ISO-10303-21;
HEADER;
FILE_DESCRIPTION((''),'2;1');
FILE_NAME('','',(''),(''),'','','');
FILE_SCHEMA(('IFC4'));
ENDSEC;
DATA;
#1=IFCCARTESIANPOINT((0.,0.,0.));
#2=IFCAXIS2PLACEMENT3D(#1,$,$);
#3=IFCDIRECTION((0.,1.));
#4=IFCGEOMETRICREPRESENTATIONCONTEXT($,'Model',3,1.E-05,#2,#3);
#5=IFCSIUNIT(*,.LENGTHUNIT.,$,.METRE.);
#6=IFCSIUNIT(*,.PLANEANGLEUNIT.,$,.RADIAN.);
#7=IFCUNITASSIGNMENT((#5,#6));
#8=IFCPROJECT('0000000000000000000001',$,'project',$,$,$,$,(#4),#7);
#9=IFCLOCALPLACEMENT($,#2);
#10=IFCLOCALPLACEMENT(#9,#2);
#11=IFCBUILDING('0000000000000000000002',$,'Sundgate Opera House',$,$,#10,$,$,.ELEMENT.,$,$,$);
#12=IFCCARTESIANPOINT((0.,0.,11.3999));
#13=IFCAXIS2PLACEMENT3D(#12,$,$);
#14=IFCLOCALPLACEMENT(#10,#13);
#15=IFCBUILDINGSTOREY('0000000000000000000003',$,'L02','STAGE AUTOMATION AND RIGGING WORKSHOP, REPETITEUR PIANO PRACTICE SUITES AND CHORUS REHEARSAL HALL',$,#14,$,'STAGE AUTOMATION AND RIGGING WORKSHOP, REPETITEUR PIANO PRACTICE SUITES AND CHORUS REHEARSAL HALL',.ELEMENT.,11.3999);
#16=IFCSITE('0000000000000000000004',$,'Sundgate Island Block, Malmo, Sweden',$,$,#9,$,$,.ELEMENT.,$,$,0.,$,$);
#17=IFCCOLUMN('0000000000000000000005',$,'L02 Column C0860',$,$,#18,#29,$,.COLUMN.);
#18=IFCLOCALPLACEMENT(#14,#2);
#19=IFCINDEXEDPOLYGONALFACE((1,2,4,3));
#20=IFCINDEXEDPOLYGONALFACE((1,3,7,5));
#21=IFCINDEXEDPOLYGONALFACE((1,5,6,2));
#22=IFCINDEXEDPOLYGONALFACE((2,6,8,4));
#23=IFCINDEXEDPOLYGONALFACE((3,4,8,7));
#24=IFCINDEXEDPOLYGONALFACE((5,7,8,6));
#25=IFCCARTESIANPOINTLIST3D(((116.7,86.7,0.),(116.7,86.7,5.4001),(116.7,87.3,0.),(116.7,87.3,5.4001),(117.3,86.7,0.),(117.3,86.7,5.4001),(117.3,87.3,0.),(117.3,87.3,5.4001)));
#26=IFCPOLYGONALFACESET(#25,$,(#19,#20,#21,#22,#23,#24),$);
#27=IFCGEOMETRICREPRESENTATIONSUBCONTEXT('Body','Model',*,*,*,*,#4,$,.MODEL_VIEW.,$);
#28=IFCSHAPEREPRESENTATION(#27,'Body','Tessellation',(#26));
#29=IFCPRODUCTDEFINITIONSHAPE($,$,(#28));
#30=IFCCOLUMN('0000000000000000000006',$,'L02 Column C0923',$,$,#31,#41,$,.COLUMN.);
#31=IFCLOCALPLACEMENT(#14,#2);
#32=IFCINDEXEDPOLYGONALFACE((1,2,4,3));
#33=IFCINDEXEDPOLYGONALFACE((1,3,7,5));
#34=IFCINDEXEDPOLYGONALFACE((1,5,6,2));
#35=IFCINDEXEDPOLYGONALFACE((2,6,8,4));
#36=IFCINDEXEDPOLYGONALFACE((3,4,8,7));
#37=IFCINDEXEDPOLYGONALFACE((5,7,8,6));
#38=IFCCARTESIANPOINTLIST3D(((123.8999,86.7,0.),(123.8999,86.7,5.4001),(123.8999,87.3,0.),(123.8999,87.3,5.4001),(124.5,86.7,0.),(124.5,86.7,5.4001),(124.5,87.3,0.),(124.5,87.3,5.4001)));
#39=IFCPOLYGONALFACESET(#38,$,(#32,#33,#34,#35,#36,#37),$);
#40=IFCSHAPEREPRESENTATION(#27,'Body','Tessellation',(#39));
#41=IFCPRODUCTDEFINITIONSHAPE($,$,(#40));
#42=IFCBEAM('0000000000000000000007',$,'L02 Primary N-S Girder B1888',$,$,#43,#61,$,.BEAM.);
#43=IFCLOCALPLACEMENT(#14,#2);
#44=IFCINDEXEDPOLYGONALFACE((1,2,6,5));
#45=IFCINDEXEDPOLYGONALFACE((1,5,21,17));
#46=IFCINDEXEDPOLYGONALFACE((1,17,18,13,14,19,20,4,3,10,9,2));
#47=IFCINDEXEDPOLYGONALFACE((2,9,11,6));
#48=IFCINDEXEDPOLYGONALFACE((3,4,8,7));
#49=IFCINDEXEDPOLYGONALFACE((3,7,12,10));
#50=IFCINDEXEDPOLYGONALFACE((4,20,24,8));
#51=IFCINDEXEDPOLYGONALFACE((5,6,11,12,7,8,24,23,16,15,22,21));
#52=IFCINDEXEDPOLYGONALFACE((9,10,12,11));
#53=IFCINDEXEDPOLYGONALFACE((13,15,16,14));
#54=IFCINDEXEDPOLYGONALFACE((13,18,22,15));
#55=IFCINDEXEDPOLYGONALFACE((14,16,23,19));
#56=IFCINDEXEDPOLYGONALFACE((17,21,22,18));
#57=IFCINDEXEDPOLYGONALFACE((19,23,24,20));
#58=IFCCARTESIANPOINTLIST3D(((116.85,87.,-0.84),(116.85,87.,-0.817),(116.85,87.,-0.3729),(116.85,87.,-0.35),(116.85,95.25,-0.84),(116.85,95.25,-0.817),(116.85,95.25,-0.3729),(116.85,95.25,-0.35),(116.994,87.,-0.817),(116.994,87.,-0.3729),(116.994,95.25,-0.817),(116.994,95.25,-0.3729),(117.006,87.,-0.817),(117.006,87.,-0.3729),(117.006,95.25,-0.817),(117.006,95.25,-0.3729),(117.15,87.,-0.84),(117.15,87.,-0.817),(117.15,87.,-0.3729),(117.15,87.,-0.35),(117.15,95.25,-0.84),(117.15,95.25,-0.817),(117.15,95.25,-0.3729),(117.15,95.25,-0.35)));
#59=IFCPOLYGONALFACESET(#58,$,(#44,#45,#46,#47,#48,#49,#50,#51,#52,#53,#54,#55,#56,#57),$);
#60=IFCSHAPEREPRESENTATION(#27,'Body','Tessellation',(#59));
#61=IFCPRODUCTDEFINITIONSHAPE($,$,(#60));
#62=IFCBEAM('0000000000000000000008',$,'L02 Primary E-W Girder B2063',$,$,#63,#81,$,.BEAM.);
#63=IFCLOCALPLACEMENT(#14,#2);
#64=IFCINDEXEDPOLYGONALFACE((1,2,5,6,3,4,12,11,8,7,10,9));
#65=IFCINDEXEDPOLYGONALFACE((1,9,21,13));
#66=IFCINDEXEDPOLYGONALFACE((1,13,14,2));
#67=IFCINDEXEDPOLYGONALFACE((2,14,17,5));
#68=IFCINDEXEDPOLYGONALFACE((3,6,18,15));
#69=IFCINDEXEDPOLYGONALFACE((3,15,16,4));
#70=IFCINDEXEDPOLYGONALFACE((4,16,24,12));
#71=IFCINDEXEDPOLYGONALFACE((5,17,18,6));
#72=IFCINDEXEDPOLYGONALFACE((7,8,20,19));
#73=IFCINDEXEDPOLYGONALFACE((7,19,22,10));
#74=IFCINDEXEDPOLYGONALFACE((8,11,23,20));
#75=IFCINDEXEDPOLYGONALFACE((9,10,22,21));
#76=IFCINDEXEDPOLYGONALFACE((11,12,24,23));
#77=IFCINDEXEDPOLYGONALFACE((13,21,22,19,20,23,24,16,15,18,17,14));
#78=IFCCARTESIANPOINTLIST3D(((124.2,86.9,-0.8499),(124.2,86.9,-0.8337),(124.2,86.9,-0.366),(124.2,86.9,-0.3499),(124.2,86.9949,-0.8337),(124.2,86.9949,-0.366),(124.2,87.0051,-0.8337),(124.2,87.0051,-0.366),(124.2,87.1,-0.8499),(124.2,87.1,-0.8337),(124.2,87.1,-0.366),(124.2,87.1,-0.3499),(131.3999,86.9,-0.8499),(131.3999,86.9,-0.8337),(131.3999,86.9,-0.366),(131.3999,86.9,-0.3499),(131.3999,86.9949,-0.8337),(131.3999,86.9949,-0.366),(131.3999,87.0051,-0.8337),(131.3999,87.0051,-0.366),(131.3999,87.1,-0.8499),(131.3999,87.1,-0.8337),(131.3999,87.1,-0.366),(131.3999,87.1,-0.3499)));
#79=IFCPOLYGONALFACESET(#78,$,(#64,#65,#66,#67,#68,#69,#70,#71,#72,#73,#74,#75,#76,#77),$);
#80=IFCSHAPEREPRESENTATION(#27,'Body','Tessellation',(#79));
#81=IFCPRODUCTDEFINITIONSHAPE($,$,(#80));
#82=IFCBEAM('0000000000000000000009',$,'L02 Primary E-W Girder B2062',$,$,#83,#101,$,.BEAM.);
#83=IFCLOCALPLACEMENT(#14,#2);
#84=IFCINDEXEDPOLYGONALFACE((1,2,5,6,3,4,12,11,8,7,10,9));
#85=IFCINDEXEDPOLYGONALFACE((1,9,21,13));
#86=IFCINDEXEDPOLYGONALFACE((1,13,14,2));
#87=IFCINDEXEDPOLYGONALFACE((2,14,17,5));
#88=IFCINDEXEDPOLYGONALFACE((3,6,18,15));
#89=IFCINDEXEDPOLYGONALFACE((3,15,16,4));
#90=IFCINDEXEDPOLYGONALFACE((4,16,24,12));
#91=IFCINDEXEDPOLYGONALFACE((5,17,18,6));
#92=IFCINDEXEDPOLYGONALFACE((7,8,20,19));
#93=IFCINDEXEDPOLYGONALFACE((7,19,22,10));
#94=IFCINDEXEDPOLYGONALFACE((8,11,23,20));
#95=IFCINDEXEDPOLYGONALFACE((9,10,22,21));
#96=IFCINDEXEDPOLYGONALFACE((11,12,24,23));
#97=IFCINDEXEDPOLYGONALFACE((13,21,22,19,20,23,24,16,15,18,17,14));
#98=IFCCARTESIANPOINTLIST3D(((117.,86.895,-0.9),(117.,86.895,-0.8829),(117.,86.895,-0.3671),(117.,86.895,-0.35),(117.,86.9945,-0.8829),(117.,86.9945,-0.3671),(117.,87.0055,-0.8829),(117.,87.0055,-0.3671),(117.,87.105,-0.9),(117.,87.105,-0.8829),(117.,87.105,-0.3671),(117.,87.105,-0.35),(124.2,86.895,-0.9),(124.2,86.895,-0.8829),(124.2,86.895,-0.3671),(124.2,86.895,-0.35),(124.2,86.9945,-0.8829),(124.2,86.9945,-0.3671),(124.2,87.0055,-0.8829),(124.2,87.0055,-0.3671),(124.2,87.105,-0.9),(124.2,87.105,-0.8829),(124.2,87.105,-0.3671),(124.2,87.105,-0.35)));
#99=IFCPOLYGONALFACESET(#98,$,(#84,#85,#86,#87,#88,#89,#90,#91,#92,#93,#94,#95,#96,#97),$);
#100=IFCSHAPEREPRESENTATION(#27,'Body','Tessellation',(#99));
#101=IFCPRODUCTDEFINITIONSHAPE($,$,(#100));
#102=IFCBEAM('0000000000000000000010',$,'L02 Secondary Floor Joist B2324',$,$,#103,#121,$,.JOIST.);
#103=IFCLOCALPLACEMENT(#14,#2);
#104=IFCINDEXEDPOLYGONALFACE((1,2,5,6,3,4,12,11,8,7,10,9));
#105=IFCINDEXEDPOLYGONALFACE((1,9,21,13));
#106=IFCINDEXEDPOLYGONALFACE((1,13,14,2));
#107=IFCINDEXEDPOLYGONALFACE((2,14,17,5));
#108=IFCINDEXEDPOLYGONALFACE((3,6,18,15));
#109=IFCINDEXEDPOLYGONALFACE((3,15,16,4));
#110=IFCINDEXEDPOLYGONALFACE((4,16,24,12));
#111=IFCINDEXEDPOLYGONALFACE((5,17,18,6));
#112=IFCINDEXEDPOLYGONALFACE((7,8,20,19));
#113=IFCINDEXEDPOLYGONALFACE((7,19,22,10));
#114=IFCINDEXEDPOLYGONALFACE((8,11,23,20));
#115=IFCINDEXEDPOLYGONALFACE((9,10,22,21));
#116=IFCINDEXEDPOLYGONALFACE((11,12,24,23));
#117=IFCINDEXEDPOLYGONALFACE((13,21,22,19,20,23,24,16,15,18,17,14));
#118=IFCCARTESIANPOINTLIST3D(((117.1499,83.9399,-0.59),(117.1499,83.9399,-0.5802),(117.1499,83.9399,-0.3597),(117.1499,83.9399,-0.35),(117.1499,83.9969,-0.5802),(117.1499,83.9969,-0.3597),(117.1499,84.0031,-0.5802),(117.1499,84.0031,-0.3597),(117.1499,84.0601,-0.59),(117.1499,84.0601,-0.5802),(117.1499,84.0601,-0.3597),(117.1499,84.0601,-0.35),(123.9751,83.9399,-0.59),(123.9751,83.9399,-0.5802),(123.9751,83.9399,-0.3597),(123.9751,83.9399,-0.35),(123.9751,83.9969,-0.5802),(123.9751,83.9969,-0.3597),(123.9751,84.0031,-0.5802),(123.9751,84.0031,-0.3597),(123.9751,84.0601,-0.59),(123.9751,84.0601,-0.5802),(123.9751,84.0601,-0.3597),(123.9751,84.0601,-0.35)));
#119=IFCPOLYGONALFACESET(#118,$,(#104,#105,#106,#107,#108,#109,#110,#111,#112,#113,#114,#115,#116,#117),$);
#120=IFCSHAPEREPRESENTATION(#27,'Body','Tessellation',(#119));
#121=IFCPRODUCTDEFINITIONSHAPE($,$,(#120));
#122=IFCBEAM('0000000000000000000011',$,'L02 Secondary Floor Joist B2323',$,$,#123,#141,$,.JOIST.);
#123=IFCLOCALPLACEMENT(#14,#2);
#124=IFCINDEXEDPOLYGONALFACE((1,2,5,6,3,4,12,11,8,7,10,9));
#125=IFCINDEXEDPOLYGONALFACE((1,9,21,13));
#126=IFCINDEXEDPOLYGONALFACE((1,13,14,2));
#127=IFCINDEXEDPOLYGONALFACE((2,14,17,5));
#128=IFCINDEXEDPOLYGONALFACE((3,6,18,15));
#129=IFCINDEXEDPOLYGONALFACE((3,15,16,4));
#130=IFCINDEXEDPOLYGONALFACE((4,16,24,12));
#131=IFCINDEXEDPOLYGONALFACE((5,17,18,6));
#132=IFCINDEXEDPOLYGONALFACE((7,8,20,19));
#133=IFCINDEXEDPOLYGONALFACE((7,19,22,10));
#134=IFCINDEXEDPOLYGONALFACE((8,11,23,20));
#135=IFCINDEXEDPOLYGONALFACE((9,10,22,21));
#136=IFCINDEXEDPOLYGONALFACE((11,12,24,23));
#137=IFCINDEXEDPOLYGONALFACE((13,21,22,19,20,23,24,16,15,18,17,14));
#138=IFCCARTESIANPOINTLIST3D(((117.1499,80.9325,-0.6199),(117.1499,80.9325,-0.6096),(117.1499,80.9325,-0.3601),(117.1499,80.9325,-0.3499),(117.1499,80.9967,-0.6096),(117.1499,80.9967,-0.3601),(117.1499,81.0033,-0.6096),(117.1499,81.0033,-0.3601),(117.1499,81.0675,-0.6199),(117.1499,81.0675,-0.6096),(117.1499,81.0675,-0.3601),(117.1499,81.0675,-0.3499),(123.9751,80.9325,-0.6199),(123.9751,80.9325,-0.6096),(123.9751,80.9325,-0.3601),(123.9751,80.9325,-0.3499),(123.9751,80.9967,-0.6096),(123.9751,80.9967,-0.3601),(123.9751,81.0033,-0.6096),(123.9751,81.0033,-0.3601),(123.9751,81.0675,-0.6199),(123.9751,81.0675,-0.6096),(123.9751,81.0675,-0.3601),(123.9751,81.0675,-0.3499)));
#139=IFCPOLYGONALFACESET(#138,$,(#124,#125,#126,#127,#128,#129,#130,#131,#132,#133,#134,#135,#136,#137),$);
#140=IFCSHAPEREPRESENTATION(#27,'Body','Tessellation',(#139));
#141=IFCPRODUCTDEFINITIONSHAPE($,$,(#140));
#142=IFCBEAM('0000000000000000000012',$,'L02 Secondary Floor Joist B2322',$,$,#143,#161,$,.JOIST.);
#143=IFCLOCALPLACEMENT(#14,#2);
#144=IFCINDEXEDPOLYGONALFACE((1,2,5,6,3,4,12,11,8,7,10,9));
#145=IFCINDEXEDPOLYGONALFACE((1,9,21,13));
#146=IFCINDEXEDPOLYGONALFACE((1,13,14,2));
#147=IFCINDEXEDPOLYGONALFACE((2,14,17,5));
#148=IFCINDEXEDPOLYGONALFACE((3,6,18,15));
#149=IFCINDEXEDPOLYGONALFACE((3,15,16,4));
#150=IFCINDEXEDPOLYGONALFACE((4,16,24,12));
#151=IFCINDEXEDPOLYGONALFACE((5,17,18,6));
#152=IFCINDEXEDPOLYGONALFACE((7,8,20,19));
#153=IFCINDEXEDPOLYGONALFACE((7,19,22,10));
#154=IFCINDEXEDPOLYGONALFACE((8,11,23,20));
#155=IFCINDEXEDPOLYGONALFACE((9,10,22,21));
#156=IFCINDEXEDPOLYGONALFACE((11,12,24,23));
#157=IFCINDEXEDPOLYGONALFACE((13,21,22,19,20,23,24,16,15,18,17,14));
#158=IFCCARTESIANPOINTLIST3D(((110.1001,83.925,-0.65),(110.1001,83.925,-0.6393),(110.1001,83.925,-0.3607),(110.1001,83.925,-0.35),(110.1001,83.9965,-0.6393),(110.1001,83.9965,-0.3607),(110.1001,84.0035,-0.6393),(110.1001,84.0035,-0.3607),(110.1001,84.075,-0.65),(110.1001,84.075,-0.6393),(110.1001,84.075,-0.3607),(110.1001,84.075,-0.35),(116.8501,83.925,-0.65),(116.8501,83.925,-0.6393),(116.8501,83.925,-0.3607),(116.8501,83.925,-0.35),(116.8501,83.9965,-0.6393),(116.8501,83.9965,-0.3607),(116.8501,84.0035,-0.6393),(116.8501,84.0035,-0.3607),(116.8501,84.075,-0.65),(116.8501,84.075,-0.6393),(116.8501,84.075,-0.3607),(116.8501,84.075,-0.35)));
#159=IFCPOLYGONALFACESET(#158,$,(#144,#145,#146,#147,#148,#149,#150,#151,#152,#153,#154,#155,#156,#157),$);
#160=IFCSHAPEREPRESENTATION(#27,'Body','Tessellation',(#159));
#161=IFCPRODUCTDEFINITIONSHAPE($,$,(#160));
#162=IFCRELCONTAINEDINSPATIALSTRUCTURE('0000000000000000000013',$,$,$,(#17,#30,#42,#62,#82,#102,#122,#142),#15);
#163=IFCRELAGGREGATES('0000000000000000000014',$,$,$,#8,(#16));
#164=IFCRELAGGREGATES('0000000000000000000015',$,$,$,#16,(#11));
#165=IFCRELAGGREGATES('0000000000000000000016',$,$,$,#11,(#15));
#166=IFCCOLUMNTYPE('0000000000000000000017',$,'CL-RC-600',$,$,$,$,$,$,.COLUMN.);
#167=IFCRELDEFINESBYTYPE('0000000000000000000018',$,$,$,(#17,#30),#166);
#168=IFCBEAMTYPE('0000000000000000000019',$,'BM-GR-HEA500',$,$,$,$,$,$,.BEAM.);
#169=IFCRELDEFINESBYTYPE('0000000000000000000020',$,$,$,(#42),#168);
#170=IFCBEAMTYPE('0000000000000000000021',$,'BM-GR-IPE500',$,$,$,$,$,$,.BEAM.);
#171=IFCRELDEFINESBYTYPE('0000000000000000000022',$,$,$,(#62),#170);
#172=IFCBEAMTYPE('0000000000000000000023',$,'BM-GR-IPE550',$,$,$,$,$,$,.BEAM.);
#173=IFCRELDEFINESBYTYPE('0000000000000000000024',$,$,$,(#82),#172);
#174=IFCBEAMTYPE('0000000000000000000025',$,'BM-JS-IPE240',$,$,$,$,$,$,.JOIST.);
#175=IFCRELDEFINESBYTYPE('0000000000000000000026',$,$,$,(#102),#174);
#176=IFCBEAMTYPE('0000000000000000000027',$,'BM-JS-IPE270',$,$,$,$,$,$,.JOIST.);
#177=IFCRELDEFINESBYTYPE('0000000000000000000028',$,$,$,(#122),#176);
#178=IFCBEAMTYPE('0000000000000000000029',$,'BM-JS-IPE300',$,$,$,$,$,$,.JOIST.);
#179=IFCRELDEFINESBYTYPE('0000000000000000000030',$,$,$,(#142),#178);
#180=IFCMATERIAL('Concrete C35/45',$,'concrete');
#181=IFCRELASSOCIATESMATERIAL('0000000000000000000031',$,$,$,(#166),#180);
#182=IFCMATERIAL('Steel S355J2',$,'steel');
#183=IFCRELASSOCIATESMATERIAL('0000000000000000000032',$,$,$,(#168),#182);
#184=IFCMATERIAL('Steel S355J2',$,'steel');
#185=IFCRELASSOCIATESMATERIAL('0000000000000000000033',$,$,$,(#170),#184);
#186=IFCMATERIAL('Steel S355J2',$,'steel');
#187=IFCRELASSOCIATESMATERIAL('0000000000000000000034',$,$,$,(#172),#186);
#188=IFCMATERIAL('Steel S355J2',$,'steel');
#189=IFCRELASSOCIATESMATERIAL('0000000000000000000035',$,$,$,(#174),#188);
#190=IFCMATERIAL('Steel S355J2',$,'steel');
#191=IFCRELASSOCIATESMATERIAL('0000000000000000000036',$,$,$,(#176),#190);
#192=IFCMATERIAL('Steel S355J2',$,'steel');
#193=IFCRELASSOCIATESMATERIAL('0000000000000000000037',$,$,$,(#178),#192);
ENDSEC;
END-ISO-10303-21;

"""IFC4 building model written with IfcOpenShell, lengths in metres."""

from ifc_helpers import new_model, si_unit, direction, frame, origin, origin_2d, place, context, subcontext, project, spatial, rectangle, i_section, extrude, material, material_profile, profile_set, type_object, element, save


model = new_model("IFC4")

# Units and contexts
model_context = context("Model", 3, precision=1e-05, world=origin(), true_north=direction((0.0, 1.0)))
body_context = subcontext(model_context, "Body", "Model", "MODEL_VIEW")
ifc_project = project(units=[si_unit("LENGTHUNIT", "METRE"), si_unit("PLANEANGLEUNIT", "RADIAN")], contexts=[model_context])

# Site, building, storey
site_placement = place(None, origin())
site = spatial("IfcSite", under=ifc_project, at=site_placement, Name="Sundgate Island Block, Malmo, Sweden", CompositionType="ELEMENT", RefElevation=0.0)
building_placement = place(site_placement, origin())
building = spatial("IfcBuilding", under=site, at=building_placement, Name="Sundgate Opera House", CompositionType="ELEMENT")
storey_placement = place(building_placement, frame((0.0, 0.0, 11.3999)))
storey = spatial("IfcBuildingStorey", under=building, at=storey_placement, Name="L02", Description="STAGE AUTOMATION AND RIGGING WORKSHOP, REPETITEUR PIANO PRACTICE SUITES AND CHORUS REHEARSAL HALL", LongName="STAGE AUTOMATION AND RIGGING WORKSHOP, REPETITEUR PIANO PRACTICE SUITES AND CHORUS REHEARSAL HALL", CompositionType="ELEMENT", Elevation=11.3999)

# Columns
ifc_material_1 = material(Name="Concrete C35/45", Category="concrete")
ifc_material_profile_1 = material_profile(ifc_material_1, rectangle(XDim=0.6001, YDim=0.6001, at=origin_2d()), Name="RC 600x600")
ifc_profile_set_1 = profile_set([ifc_material_profile_1], Name="Concrete C35/45")
column_type = type_object("IfcColumnType", Name="CL-RC-600", PredefinedType="COLUMN", material=ifc_profile_set_1)
for number, where, z_axis, x_axis, name in (
    (1, (117.0, 87.0, 0.0), (0.0, 0.0, 1.0), (1.0, 0.0, 0.0), "L02 Column C0860"),
    (2, (124.2, 87.0, 0.0), (0.0, 0.0, 1.0), (1.0, 0.0, 0.0), "L02 Column C0923"),
):
    element("IfcColumn", number, at=place(storey_placement, frame(where, z_axis=z_axis, x_axis=x_axis)), inside=storey, type_object=column_type, Name=name, PredefinedType="COLUMN", context=body_context, shape_type="SweptSolid", body=[
        extrude(rectangle(XDim=0.6001, YDim=0.6001, at=origin_2d()), origin(), (0.0, 0.0, 1.0), 5.4001),
    ])

# Beams
ifc_material_2 = material(Name="Steel S355J2", Category="steel")
ifc_material_profile_2 = material_profile(ifc_material_2, i_section(OverallWidth=0.3, OverallDepth=0.49, WebThickness=0.012, FlangeThickness=0.0229, at=origin_2d()), Name="HEA 500")
ifc_profile_set_2 = profile_set([ifc_material_profile_2], Name="Steel S355J2")
beam_type_1 = type_object("IfcBeamType", Name="BM-GR-HEA500", PredefinedType="BEAM", material=ifc_profile_set_2)
beam_1_placement = place(storey_placement, frame((117.0, 87.0, -0.595), z_axis=(0.0, 1.0, 0.0), x_axis=(-1.0, 0.0, 0.0)))
element("IfcBeam", 3, at=beam_1_placement, inside=storey, type_object=beam_type_1, Name="L02 Primary N-S Girder B1888", PredefinedType="BEAM", context=body_context, shape_type="SweptSolid", body=[
    extrude(i_section(OverallWidth=0.3, OverallDepth=0.49, WebThickness=0.012, FlangeThickness=0.0229, at=origin_2d()), origin(), (0.0, 0.0, 1.0), 8.25),
])
ifc_material_3 = material(Name="Steel S355J2", Category="steel")
ifc_material_profile_3 = material_profile(ifc_material_3, i_section(OverallWidth=0.2, OverallDepth=0.5, WebThickness=0.0103, FlangeThickness=0.0161, at=origin_2d()), Name="IPE 500")
ifc_profile_set_3 = profile_set([ifc_material_profile_3], Name="Steel S355J2")
beam_type_2 = type_object("IfcBeamType", Name="BM-GR-IPE500", PredefinedType="BEAM", material=ifc_profile_set_3)
beam_2_placement = place(storey_placement, frame((124.2, 87.0, -0.5999), z_axis=(1.0, 0.0, 0.0), x_axis=(0.0, 1.0, 0.0)))
element("IfcBeam", 4, at=beam_2_placement, inside=storey, type_object=beam_type_2, Name="L02 Primary E-W Girder B2063", PredefinedType="BEAM", context=body_context, shape_type="SweptSolid", body=[
    extrude(i_section(OverallWidth=0.2, OverallDepth=0.5, WebThickness=0.0103, FlangeThickness=0.0161, at=origin_2d()), origin(), (0.0, 0.0, 1.0), 7.2),
])
ifc_material_4 = material(Name="Steel S355J2", Category="steel")
ifc_material_profile_4 = material_profile(ifc_material_4, i_section(OverallWidth=0.21, OverallDepth=0.55, WebThickness=0.011, FlangeThickness=0.0171, at=origin_2d()), Name="IPE 550")
ifc_profile_set_4 = profile_set([ifc_material_profile_4], Name="Steel S355J2")
beam_type_3 = type_object("IfcBeamType", Name="BM-GR-IPE550", PredefinedType="BEAM", material=ifc_profile_set_4)
beam_3_placement = place(storey_placement, frame((117.0, 87.0, -0.625), z_axis=(1.0, 0.0, 0.0), x_axis=(0.0, 1.0, 0.0)))
element("IfcBeam", 5, at=beam_3_placement, inside=storey, type_object=beam_type_3, Name="L02 Primary E-W Girder B2062", PredefinedType="BEAM", context=body_context, shape_type="SweptSolid", body=[
    extrude(i_section(OverallWidth=0.21, OverallDepth=0.55, WebThickness=0.011, FlangeThickness=0.0171, at=origin_2d()), origin(), (0.0, 0.0, 1.0), 7.2),
])
ifc_material_5 = material(Name="Steel S355J2", Category="steel")
ifc_material_profile_5 = material_profile(ifc_material_5, i_section(OverallWidth=0.1201, OverallDepth=0.24, WebThickness=0.0061, FlangeThickness=0.0098, at=origin_2d()), Name="IPE 240")
ifc_profile_set_5 = profile_set([ifc_material_profile_5], Name="Steel S355J2")
beam_type_4 = type_object("IfcBeamType", Name="BM-JS-IPE240", PredefinedType="JOIST", material=ifc_profile_set_5)
beam_4_placement = place(storey_placement, frame((117.1499, 84.0, -0.47), z_axis=(1.0, 0.0, 0.0), x_axis=(0.0, 1.0, 0.0)))
element("IfcBeam", 6, at=beam_4_placement, inside=storey, type_object=beam_type_4, Name="L02 Secondary Floor Joist B2324", PredefinedType="JOIST", context=body_context, shape_type="SweptSolid", body=[
    extrude(i_section(OverallWidth=0.1201, OverallDepth=0.24, WebThickness=0.0061, FlangeThickness=0.0098, at=origin_2d()), origin(), (0.0, 0.0, 1.0), 6.8252),
])
ifc_material_6 = material(Name="Steel S355J2", Category="steel")
ifc_material_profile_6 = material_profile(ifc_material_6, i_section(OverallWidth=0.135, OverallDepth=0.27, WebThickness=0.0066, FlangeThickness=0.0103, at=origin_2d()), Name="IPE 270")
ifc_profile_set_6 = profile_set([ifc_material_profile_6], Name="Steel S355J2")
beam_type_5 = type_object("IfcBeamType", Name="BM-JS-IPE270", PredefinedType="JOIST", material=ifc_profile_set_6)
beam_5_placement = place(storey_placement, frame((117.1499, 81.0, -0.4849), z_axis=(1.0, 0.0, 0.0), x_axis=(0.0, 1.0, 0.0)))
element("IfcBeam", 7, at=beam_5_placement, inside=storey, type_object=beam_type_5, Name="L02 Secondary Floor Joist B2323", PredefinedType="JOIST", context=body_context, shape_type="SweptSolid", body=[
    extrude(i_section(OverallWidth=0.135, OverallDepth=0.27, WebThickness=0.0066, FlangeThickness=0.0103, at=origin_2d()), origin(), (0.0, 0.0, 1.0), 6.8252),
])
ifc_material_7 = material(Name="Steel S355J2", Category="steel")
ifc_material_profile_7 = material_profile(ifc_material_7, i_section(OverallWidth=0.1499, OverallDepth=0.3, WebThickness=0.0071, FlangeThickness=0.0107, at=origin_2d()), Name="IPE 300")
ifc_profile_set_7 = profile_set([ifc_material_profile_7], Name="Steel S355J2")
beam_type_6 = type_object("IfcBeamType", Name="BM-JS-IPE300", PredefinedType="JOIST", material=ifc_profile_set_7)
beam_6_placement = place(storey_placement, frame((110.1001, 84.0, -0.5), z_axis=(1.0, 0.0, 0.0), x_axis=(0.0, 1.0, 0.0)))
element("IfcBeam", 8, at=beam_6_placement, inside=storey, type_object=beam_type_6, Name="L02 Secondary Floor Joist B2322", PredefinedType="JOIST", context=body_context, shape_type="SweptSolid", body=[
    extrude(i_section(OverallWidth=0.1499, OverallDepth=0.3, WebThickness=0.0071, FlangeThickness=0.0107, at=origin_2d()), origin(), (0.0, 0.0, 1.0), 6.75),
])

save(model, "model.ifc")
